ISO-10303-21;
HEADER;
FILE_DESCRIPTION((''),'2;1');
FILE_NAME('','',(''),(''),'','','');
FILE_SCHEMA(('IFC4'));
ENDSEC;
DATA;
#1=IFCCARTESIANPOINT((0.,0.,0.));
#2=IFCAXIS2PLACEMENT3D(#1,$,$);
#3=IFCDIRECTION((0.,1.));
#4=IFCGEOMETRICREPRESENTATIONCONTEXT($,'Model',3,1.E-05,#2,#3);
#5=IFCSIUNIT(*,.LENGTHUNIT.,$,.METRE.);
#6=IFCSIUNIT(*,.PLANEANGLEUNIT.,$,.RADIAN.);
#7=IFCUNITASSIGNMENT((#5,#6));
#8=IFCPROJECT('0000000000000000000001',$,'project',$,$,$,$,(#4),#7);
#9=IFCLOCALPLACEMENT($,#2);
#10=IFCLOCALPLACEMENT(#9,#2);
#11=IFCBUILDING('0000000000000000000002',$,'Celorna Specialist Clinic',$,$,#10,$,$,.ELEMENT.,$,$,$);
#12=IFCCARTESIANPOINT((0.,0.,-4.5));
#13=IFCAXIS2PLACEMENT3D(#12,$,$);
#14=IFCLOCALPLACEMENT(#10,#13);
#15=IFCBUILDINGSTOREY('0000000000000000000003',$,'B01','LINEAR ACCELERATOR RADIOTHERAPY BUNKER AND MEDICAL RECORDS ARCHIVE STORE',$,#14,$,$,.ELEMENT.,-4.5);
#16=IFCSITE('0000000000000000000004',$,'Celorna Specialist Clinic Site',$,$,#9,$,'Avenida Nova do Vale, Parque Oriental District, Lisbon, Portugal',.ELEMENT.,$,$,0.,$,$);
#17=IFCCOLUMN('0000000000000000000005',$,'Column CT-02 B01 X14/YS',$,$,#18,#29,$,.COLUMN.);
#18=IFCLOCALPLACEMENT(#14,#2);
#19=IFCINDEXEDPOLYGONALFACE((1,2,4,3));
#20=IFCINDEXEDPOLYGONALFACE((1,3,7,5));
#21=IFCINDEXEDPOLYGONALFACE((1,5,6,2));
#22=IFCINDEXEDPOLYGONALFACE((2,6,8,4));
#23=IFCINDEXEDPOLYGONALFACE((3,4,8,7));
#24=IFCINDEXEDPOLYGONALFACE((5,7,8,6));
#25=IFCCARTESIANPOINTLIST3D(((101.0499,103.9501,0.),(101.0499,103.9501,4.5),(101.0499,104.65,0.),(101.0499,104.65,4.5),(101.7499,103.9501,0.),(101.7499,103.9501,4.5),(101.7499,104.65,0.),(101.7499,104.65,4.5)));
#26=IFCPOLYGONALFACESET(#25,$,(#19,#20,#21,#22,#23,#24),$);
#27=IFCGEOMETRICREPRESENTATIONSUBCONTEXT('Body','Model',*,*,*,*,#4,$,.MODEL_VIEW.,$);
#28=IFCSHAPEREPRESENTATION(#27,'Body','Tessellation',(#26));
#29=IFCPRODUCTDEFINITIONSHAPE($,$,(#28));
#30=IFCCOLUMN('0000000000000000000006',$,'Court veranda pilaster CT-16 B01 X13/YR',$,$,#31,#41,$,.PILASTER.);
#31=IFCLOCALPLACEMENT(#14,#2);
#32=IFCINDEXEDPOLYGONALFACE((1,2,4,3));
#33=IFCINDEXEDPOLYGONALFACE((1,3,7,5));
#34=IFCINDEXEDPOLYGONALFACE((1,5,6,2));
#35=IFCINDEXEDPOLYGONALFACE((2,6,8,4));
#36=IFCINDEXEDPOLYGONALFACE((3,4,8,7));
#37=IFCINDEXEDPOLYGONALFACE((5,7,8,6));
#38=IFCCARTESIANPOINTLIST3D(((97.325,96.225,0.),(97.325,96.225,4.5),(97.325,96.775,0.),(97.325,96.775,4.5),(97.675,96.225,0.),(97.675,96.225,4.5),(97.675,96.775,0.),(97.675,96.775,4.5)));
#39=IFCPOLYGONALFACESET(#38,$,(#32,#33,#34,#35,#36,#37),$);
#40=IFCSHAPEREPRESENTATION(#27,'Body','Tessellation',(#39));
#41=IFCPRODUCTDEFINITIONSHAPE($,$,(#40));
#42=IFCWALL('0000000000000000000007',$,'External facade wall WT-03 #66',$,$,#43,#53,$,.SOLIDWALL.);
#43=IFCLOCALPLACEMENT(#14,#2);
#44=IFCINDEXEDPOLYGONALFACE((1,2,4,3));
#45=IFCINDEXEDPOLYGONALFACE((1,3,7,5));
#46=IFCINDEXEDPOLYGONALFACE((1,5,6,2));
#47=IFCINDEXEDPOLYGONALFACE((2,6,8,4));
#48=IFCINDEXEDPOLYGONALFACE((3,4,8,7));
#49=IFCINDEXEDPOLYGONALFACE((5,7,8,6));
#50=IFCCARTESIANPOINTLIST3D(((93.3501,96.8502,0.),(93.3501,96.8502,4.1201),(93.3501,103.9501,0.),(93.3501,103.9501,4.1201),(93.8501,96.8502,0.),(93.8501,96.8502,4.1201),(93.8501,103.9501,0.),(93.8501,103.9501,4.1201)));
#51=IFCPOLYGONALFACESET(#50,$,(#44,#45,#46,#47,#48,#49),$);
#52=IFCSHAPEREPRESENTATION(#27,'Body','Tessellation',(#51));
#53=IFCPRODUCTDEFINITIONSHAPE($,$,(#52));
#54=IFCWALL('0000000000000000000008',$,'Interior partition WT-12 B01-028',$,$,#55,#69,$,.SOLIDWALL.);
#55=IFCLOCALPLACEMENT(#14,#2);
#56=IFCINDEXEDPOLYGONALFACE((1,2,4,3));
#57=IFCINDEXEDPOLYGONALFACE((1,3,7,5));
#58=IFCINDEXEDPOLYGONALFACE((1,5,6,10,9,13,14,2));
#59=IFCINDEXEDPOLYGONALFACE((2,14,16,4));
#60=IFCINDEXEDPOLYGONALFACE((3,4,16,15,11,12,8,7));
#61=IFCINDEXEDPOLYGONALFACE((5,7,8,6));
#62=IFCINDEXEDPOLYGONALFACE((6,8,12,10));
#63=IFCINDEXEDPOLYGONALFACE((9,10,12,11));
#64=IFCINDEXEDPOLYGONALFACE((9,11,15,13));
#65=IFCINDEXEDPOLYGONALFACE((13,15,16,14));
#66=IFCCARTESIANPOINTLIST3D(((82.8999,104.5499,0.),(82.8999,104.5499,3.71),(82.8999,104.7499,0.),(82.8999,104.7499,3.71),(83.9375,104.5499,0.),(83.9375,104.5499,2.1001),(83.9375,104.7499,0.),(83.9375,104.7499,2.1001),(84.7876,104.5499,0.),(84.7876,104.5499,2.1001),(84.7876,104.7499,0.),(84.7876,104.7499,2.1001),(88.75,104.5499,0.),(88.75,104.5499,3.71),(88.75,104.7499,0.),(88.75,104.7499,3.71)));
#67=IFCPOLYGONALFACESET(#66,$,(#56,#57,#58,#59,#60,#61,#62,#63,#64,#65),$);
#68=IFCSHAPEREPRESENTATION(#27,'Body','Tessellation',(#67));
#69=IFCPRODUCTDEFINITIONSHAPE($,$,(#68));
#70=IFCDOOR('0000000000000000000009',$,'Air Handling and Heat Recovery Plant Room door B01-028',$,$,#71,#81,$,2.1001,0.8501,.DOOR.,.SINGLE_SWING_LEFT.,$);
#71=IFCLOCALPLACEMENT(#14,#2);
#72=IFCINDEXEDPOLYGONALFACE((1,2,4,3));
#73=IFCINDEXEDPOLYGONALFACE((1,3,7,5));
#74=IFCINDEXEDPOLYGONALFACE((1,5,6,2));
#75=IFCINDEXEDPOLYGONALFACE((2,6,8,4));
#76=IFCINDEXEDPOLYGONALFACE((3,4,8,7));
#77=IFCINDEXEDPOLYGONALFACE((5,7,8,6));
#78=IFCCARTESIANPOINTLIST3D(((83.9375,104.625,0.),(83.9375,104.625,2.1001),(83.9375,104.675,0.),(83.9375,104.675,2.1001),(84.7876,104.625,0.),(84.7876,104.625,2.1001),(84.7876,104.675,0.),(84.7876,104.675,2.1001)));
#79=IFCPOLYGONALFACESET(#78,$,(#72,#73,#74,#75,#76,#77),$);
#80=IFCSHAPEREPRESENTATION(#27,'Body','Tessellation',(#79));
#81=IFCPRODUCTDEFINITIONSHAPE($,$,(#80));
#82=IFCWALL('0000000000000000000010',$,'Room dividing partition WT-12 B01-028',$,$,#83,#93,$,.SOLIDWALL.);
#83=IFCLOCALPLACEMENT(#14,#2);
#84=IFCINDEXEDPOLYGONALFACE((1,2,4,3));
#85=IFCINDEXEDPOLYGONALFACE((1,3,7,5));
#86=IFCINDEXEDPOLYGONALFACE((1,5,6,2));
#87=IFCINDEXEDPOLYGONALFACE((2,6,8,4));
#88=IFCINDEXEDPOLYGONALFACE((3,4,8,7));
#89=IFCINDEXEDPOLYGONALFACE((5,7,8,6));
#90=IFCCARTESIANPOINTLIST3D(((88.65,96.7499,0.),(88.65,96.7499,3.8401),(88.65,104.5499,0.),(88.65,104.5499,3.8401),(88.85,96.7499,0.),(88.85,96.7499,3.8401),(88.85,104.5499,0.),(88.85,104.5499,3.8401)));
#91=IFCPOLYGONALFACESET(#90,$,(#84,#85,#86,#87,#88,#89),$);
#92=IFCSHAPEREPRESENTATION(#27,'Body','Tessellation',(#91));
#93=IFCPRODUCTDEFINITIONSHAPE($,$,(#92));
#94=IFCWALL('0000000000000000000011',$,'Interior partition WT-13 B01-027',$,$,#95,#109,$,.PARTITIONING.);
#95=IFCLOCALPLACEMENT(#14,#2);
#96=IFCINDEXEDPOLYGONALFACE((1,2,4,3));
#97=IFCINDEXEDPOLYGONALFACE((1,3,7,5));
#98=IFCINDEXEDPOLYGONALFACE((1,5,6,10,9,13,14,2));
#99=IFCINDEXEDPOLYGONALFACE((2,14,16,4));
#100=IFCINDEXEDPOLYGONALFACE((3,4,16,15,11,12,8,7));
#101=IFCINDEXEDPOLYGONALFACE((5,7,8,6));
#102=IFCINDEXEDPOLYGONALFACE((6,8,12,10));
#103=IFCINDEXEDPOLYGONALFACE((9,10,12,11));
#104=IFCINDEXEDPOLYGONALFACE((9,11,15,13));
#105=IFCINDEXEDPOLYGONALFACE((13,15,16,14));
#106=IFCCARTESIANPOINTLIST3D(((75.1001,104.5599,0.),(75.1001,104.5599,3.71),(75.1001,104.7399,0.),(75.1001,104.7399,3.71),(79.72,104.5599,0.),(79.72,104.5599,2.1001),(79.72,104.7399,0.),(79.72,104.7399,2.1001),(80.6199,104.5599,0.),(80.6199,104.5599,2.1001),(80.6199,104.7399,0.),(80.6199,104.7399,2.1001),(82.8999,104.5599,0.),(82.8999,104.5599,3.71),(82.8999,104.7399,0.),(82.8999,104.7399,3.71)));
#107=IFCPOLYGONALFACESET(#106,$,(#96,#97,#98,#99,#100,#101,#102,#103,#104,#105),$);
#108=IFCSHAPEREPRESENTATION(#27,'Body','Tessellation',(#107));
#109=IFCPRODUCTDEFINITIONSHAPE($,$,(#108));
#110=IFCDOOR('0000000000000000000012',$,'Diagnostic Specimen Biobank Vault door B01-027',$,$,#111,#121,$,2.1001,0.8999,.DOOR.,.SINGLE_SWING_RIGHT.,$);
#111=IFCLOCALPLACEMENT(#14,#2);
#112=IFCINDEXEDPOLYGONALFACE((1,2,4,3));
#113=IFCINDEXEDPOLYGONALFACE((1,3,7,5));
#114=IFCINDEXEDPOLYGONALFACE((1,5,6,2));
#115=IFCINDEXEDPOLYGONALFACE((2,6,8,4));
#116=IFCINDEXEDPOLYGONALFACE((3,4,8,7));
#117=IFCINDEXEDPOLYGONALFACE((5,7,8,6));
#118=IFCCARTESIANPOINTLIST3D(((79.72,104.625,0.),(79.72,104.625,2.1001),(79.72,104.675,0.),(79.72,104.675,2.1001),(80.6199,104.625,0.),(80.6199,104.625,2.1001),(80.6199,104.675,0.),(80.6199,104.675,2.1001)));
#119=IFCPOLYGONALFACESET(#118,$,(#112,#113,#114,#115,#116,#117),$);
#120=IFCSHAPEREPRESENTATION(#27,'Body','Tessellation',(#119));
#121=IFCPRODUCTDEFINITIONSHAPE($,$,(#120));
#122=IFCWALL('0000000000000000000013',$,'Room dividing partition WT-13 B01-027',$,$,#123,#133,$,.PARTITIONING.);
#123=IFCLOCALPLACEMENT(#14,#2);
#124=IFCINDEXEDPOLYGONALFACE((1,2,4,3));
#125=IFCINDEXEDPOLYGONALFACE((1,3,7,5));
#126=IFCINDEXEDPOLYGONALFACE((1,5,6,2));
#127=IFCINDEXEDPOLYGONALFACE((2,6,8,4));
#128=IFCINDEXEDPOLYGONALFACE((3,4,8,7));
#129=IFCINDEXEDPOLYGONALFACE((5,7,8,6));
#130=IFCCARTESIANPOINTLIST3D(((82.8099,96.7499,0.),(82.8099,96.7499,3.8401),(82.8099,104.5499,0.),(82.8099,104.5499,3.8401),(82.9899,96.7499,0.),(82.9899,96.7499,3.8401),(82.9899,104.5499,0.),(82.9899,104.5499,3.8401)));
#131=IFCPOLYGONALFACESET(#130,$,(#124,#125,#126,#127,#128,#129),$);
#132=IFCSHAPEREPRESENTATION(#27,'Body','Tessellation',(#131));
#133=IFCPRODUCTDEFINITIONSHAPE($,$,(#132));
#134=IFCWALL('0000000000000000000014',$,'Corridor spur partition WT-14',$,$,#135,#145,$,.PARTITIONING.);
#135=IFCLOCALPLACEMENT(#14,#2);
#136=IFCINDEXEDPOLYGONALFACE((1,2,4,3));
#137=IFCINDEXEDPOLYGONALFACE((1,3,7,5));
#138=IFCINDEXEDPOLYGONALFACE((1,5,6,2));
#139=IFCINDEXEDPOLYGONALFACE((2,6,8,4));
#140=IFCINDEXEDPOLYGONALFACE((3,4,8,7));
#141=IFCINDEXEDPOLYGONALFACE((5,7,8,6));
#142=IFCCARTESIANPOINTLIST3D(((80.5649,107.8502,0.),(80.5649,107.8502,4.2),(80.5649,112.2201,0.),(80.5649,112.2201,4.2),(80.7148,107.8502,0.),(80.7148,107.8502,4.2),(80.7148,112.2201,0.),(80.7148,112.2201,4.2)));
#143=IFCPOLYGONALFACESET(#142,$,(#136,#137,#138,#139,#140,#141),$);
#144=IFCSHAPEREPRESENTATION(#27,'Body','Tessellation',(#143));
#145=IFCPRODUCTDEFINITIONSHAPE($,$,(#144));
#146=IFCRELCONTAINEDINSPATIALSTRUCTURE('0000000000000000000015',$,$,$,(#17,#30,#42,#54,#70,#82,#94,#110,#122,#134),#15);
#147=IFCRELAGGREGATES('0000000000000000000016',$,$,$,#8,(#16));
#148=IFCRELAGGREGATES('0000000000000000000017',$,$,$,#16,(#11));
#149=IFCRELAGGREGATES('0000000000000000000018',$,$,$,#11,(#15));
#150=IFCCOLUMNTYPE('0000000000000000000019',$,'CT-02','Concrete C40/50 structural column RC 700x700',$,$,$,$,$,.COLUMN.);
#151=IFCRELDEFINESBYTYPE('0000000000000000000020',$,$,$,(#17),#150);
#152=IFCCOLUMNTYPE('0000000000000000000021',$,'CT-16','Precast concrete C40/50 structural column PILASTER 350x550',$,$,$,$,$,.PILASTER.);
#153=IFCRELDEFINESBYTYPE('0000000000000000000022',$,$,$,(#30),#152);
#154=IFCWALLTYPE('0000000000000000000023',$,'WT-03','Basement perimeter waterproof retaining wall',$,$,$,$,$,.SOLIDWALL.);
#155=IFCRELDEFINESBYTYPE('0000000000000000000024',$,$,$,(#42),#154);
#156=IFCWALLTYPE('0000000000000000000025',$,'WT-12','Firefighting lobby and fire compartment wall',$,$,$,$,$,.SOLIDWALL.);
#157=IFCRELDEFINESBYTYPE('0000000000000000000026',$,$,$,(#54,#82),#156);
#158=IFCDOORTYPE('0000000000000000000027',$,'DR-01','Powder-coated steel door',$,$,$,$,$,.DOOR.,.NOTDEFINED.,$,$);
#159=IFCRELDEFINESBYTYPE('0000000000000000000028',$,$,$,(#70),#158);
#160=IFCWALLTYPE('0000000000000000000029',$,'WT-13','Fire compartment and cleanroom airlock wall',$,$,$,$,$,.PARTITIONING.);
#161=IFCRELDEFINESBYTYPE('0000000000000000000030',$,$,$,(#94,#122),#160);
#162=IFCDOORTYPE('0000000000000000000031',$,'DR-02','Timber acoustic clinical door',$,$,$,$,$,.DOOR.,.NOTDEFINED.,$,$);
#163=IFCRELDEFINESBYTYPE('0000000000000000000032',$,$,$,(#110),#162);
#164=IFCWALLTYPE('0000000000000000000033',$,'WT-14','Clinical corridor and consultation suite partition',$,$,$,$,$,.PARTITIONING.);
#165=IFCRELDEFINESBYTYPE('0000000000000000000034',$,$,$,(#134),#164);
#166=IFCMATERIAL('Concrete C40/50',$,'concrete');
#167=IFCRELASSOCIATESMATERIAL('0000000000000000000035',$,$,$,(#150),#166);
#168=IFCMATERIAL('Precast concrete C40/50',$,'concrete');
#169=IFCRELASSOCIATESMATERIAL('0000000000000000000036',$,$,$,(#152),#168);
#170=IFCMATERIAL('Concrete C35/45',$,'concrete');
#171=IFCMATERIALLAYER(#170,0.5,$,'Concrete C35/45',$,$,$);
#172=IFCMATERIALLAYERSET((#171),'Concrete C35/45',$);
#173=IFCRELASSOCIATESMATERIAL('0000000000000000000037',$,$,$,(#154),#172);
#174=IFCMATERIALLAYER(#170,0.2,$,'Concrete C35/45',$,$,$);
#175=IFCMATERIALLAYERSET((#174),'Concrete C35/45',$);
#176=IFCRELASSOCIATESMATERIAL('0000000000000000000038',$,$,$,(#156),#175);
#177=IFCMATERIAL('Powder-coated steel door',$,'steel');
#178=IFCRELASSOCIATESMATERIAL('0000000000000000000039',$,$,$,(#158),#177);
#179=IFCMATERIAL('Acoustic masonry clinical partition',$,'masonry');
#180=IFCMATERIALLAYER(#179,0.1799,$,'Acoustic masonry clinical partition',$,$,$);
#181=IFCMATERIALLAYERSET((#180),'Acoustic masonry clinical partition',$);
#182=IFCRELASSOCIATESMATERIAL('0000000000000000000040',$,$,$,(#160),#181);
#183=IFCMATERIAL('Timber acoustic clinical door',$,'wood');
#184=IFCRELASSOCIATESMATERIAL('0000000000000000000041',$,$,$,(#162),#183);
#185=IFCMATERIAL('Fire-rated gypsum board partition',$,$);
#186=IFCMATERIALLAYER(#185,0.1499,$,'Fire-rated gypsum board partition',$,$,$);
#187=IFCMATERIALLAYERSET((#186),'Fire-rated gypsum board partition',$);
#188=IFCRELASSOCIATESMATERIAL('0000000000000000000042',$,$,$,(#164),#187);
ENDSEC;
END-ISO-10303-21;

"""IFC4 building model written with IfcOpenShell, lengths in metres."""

from ifc_helpers import new_model, si_unit, direction, frame, frame_2d, origin, origin_2d, place, context, subcontext, project, spatial, rectangle, extrude, material, layer, layer_set, material_profile, profile_set, type_object, element, fill, save


model = new_model("IFC4")

# Units and contexts
model_context = context("Model", 3, precision=1e-05, world=origin(), true_north=direction((0.0, 1.0)))
body_context = subcontext(model_context, "Body", "Model", "MODEL_VIEW")
ifc_project = project(units=[si_unit("LENGTHUNIT", "METRE"), si_unit("PLANEANGLEUNIT", "RADIAN")], contexts=[model_context])

# Site, building, storey
site_placement = place(None, origin())
site = spatial("IfcSite", under=ifc_project, at=site_placement, Name="Celorna Specialist Clinic Site", LongName="Avenida Nova do Vale, Parque Oriental District, Lisbon, Portugal", CompositionType="ELEMENT", RefElevation=0.0)
building_placement = place(site_placement, origin())
building = spatial("IfcBuilding", under=site, at=building_placement, Name="Celorna Specialist Clinic", CompositionType="ELEMENT")
storey_placement = place(building_placement, frame((0.0, 0.0, -4.5)))
storey = spatial("IfcBuildingStorey", under=building, at=storey_placement, Name="B01", Description="LINEAR ACCELERATOR RADIOTHERAPY BUNKER AND MEDICAL RECORDS ARCHIVE STORE", CompositionType="ELEMENT", Elevation=-4.5)

# Shared definitions
ifc_material_1 = material(Name="Concrete C35/45", Category="concrete")

# Columns
ifc_material_2 = material(Name="Concrete C40/50", Category="concrete")
ifc_material_profile_1 = material_profile(ifc_material_2, rectangle(XDim=0.7, YDim=0.7, at=origin_2d()), Name="RC 700x700")
ifc_profile_set_1 = profile_set([ifc_material_profile_1], Name="Concrete C40/50")
column_type_1 = type_object("IfcColumnType", Name="CT-02", Description="Concrete C40/50 structural column RC 700x700", PredefinedType="COLUMN", material=ifc_profile_set_1)
for number, where, z_axis, x_axis, name in (
    (1, (101.3999, 104.3, 0.0), (0.0, 0.0, 1.0), (1.0, 0.0, 0.0), "Column CT-02 B01 X14/YS"),
):
    element("IfcColumn", number, at=place(storey_placement, frame(where, z_axis=z_axis, x_axis=x_axis)), inside=storey, type_object=column_type_1, Name=name, PredefinedType="COLUMN", context=body_context, shape_type="SweptSolid", body=[
        extrude(rectangle(XDim=0.7, YDim=0.7, at=origin_2d()), origin(), (0.0, 0.0, 1.0), 4.5),
    ])
ifc_material_3 = material(Name="Precast concrete C40/50", Category="concrete")
ifc_material_profile_2 = material_profile(ifc_material_3, rectangle(XDim=0.3501, YDim=0.55, at=origin_2d()), Name="PILASTER 350x550")
ifc_profile_set_2 = profile_set([ifc_material_profile_2], Name="Precast concrete C40/50")
column_type_2 = type_object("IfcColumnType", Name="CT-16", Description="Precast concrete C40/50 structural column PILASTER 350x550", PredefinedType="PILASTER", material=ifc_profile_set_2)
column_placement = place(storey_placement, frame((97.5, 96.5, 0.0), z_axis=(0.0, 0.0, 1.0), x_axis=(1.0, 0.0, 0.0)))
element("IfcColumn", 2, at=column_placement, inside=storey, type_object=column_type_2, Name="Court veranda pilaster CT-16 B01 X13/YR", PredefinedType="PILASTER", context=body_context, shape_type="SweptSolid", body=[
    extrude(rectangle(XDim=0.3501, YDim=0.55, at=origin_2d()), origin(), (0.0, 0.0, 1.0), 4.5),
])

# Wall
ifc_layer_1 = layer(ifc_material_1, 0.5, Name="Concrete C35/45")
ifc_layer_set_1 = layer_set([ifc_layer_1], Name="Concrete C35/45")
wall_type_1 = type_object("IfcWallType", Name="WT-03", Description="Basement perimeter waterproof retaining wall", PredefinedType="SOLIDWALL", material=ifc_layer_set_1)
wall_1_placement = place(storey_placement, frame((93.6001, 103.95, 0.0), z_axis=(0.0, 0.0, 1.0), x_axis=(0.0, -1.0, 0.0)))
element("IfcWall", 3, at=wall_1_placement, inside=storey, type_object=wall_type_1, Name="External facade wall WT-03 #66", PredefinedType="SOLIDWALL", context=body_context, shape_type="SweptSolid", body=[
    extrude(rectangle(XDim=7.0999, YDim=0.5, at=frame_2d((3.5498, 0.0))), origin(), (0.0, 0.0, 1.0), 4.1201),
])

# Wall, opening, door
ifc_layer_2 = layer(ifc_material_1, 0.2, Name="Concrete C35/45")
ifc_layer_set_2 = layer_set([ifc_layer_2], Name="Concrete C35/45")
wall_type_2 = type_object("IfcWallType", Name="WT-12", Description="Firefighting lobby and fire compartment wall", PredefinedType="SOLIDWALL", material=ifc_layer_set_2)
wall_2_placement = place(storey_placement, frame((88.75, 104.6499, 0.0), z_axis=(0.0, 0.0, 1.0), x_axis=(-1.0, 0.0, 0.0)))
wall_2 = element("IfcWall", 4, at=wall_2_placement, inside=storey, type_object=wall_type_2, Name="Interior partition WT-12 B01-028", PredefinedType="SOLIDWALL", context=body_context, shape_type="SweptSolid", body=[
    extrude(rectangle(XDim=5.8501, YDim=0.2, at=frame_2d((2.925, 0.0))), origin(), (0.0, 0.0, 1.0), 3.71),
])
opening_1_placement = place(wall_2_placement, frame((3.9624, 0.0, 0.0)))
opening_1 = element("IfcOpeningElement", 5, at=opening_1_placement, cuts=wall_2, PredefinedType="OPENING", context=body_context, shape_type="SweptSolid", body=[
    extrude(rectangle(XDim=0.8501, YDim=2.1001, at=frame_2d((0.425, 1.05))), frame((0.0, 0.1099, 0.0), z_axis=(0.0, -1.0, 0.0), x_axis=(1.0, 0.0, 0.0)), (0.0, 0.0, 1.0), 0.22),
])
ifc_material_4 = material(Name="Powder-coated steel door", Category="steel")
door_type_1 = type_object("IfcDoorType", Name="DR-01", Description="Powder-coated steel door", OperationType="NOTDEFINED", PredefinedType="DOOR", material=ifc_material_4)
door_1_placement = place(opening_1_placement, origin())
door_1 = element("IfcDoor", 6, at=door_1_placement, inside=storey, type_object=door_type_1, Name="Air Handling and Heat Recovery Plant Room door B01-028", OperationType="SINGLE_SWING_LEFT", OverallHeight=2.1001, OverallWidth=0.8501, PredefinedType="DOOR", context=body_context, shape_type="SweptSolid", body=[
    extrude(rectangle(XDim=0.8501, YDim=2.1001, at=frame_2d((0.425, 1.05))), frame((0.0, 0.0249, 0.0), z_axis=(0.0, -1.0, 0.0), x_axis=(1.0, 0.0, 0.0)), (0.0, 0.0, 1.0), 0.05),
])
fill(opening_1, door_1)

# Wall
wall_3_placement = place(storey_placement, frame((88.75, 96.75, 0.0), z_axis=(0.0, 0.0, 1.0), x_axis=(0.0, 1.0, 0.0)))
element("IfcWall", 7, at=wall_3_placement, inside=storey, type_object=wall_type_2, Name="Room dividing partition WT-12 B01-028", PredefinedType="SOLIDWALL", context=body_context, shape_type="SweptSolid", body=[
    extrude(rectangle(XDim=7.8, YDim=0.2, at=frame_2d((3.8999, 0.0))), origin(), (0.0, 0.0, 1.0), 3.8401),
])

# Wall, opening, door
ifc_material_5 = material(Name="Acoustic masonry clinical partition", Category="masonry")
ifc_layer_3 = layer(ifc_material_5, 0.1799, Name="Acoustic masonry clinical partition")
ifc_layer_set_3 = layer_set([ifc_layer_3], Name="Acoustic masonry clinical partition")
wall_type_3 = type_object("IfcWallType", Name="WT-13", Description="Fire compartment and cleanroom airlock wall", PredefinedType="PARTITIONING", material=ifc_layer_set_3)
wall_4_placement = place(storey_placement, frame((82.8999, 104.6499, 0.0), z_axis=(0.0, 0.0, 1.0), x_axis=(-1.0, 0.0, 0.0)))
wall_4 = element("IfcWall", 8, at=wall_4_placement, inside=storey, type_object=wall_type_3, Name="Interior partition WT-13 B01-027", PredefinedType="PARTITIONING", context=body_context, shape_type="SweptSolid", body=[
    extrude(rectangle(XDim=7.7998, YDim=0.1799, at=frame_2d((3.8999, 0.0))), origin(), (0.0, 0.0, 1.0), 3.71),
])
opening_2_placement = place(wall_4_placement, frame((2.28, 0.0, 0.0)))
opening_2 = element("IfcOpeningElement", 9, at=opening_2_placement, cuts=wall_4, PredefinedType="OPENING", context=body_context, shape_type="SweptSolid", body=[
    extrude(rectangle(XDim=0.8999, YDim=2.1001, at=frame_2d((0.45, 1.05))), frame((0.0, 0.0999, 0.0), z_axis=(0.0, -1.0, 0.0), x_axis=(1.0, 0.0, 0.0)), (0.0, 0.0, 1.0), 0.2),
])
ifc_material_6 = material(Name="Timber acoustic clinical door", Category="wood")
door_type_2 = type_object("IfcDoorType", Name="DR-02", Description="Timber acoustic clinical door", OperationType="NOTDEFINED", PredefinedType="DOOR", material=ifc_material_6)
door_2_placement = place(opening_2_placement, origin())
door_2 = element("IfcDoor", 10, at=door_2_placement, inside=storey, type_object=door_type_2, Name="Diagnostic Specimen Biobank Vault door B01-027", OperationType="SINGLE_SWING_RIGHT", OverallHeight=2.1001, OverallWidth=0.8999, PredefinedType="DOOR", context=body_context, shape_type="SweptSolid", body=[
    extrude(rectangle(XDim=0.8999, YDim=2.1001, at=frame_2d((0.45, 1.05))), frame((0.0, 0.0249, 0.0), z_axis=(0.0, -1.0, 0.0), x_axis=(1.0, 0.0, 0.0)), (0.0, 0.0, 1.0), 0.05),
])
fill(opening_2, door_2)

# Walls
wall_5_placement = place(storey_placement, frame((82.8999, 96.75, 0.0), z_axis=(0.0, 0.0, 1.0), x_axis=(0.0, 1.0, 0.0)))
element("IfcWall", 11, at=wall_5_placement, inside=storey, type_object=wall_type_3, Name="Room dividing partition WT-13 B01-027", PredefinedType="PARTITIONING", context=body_context, shape_type="SweptSolid", body=[
    extrude(rectangle(XDim=7.8, YDim=0.1799, at=frame_2d((3.8999, 0.0))), origin(), (0.0, 0.0, 1.0), 3.8401),
])
ifc_material_7 = material(Name="Fire-rated gypsum board partition")
ifc_layer_4 = layer(ifc_material_7, 0.1499, Name="Fire-rated gypsum board partition")
ifc_layer_set_4 = layer_set([ifc_layer_4], Name="Fire-rated gypsum board partition")
wall_type_4 = type_object("IfcWallType", Name="WT-14", Description="Clinical corridor and consultation suite partition", PredefinedType="PARTITIONING", material=ifc_layer_set_4)
wall_6_placement = place(storey_placement, frame((80.6399, 107.8501, 0.0), z_axis=(0.0, 0.0, 1.0), x_axis=(0.0, 1.0, 0.0)))
element("IfcWall", 12, at=wall_6_placement, inside=storey, type_object=wall_type_4, Name="Corridor spur partition WT-14", PredefinedType="PARTITIONING", context=body_context, shape_type="SweptSolid", body=[
    extrude(rectangle(XDim=4.3699, YDim=0.1499, at=frame_2d((2.1851, 0.0))), origin(), (0.0, 0.0, 1.0), 4.2),
])

save(model, "model.ifc")
